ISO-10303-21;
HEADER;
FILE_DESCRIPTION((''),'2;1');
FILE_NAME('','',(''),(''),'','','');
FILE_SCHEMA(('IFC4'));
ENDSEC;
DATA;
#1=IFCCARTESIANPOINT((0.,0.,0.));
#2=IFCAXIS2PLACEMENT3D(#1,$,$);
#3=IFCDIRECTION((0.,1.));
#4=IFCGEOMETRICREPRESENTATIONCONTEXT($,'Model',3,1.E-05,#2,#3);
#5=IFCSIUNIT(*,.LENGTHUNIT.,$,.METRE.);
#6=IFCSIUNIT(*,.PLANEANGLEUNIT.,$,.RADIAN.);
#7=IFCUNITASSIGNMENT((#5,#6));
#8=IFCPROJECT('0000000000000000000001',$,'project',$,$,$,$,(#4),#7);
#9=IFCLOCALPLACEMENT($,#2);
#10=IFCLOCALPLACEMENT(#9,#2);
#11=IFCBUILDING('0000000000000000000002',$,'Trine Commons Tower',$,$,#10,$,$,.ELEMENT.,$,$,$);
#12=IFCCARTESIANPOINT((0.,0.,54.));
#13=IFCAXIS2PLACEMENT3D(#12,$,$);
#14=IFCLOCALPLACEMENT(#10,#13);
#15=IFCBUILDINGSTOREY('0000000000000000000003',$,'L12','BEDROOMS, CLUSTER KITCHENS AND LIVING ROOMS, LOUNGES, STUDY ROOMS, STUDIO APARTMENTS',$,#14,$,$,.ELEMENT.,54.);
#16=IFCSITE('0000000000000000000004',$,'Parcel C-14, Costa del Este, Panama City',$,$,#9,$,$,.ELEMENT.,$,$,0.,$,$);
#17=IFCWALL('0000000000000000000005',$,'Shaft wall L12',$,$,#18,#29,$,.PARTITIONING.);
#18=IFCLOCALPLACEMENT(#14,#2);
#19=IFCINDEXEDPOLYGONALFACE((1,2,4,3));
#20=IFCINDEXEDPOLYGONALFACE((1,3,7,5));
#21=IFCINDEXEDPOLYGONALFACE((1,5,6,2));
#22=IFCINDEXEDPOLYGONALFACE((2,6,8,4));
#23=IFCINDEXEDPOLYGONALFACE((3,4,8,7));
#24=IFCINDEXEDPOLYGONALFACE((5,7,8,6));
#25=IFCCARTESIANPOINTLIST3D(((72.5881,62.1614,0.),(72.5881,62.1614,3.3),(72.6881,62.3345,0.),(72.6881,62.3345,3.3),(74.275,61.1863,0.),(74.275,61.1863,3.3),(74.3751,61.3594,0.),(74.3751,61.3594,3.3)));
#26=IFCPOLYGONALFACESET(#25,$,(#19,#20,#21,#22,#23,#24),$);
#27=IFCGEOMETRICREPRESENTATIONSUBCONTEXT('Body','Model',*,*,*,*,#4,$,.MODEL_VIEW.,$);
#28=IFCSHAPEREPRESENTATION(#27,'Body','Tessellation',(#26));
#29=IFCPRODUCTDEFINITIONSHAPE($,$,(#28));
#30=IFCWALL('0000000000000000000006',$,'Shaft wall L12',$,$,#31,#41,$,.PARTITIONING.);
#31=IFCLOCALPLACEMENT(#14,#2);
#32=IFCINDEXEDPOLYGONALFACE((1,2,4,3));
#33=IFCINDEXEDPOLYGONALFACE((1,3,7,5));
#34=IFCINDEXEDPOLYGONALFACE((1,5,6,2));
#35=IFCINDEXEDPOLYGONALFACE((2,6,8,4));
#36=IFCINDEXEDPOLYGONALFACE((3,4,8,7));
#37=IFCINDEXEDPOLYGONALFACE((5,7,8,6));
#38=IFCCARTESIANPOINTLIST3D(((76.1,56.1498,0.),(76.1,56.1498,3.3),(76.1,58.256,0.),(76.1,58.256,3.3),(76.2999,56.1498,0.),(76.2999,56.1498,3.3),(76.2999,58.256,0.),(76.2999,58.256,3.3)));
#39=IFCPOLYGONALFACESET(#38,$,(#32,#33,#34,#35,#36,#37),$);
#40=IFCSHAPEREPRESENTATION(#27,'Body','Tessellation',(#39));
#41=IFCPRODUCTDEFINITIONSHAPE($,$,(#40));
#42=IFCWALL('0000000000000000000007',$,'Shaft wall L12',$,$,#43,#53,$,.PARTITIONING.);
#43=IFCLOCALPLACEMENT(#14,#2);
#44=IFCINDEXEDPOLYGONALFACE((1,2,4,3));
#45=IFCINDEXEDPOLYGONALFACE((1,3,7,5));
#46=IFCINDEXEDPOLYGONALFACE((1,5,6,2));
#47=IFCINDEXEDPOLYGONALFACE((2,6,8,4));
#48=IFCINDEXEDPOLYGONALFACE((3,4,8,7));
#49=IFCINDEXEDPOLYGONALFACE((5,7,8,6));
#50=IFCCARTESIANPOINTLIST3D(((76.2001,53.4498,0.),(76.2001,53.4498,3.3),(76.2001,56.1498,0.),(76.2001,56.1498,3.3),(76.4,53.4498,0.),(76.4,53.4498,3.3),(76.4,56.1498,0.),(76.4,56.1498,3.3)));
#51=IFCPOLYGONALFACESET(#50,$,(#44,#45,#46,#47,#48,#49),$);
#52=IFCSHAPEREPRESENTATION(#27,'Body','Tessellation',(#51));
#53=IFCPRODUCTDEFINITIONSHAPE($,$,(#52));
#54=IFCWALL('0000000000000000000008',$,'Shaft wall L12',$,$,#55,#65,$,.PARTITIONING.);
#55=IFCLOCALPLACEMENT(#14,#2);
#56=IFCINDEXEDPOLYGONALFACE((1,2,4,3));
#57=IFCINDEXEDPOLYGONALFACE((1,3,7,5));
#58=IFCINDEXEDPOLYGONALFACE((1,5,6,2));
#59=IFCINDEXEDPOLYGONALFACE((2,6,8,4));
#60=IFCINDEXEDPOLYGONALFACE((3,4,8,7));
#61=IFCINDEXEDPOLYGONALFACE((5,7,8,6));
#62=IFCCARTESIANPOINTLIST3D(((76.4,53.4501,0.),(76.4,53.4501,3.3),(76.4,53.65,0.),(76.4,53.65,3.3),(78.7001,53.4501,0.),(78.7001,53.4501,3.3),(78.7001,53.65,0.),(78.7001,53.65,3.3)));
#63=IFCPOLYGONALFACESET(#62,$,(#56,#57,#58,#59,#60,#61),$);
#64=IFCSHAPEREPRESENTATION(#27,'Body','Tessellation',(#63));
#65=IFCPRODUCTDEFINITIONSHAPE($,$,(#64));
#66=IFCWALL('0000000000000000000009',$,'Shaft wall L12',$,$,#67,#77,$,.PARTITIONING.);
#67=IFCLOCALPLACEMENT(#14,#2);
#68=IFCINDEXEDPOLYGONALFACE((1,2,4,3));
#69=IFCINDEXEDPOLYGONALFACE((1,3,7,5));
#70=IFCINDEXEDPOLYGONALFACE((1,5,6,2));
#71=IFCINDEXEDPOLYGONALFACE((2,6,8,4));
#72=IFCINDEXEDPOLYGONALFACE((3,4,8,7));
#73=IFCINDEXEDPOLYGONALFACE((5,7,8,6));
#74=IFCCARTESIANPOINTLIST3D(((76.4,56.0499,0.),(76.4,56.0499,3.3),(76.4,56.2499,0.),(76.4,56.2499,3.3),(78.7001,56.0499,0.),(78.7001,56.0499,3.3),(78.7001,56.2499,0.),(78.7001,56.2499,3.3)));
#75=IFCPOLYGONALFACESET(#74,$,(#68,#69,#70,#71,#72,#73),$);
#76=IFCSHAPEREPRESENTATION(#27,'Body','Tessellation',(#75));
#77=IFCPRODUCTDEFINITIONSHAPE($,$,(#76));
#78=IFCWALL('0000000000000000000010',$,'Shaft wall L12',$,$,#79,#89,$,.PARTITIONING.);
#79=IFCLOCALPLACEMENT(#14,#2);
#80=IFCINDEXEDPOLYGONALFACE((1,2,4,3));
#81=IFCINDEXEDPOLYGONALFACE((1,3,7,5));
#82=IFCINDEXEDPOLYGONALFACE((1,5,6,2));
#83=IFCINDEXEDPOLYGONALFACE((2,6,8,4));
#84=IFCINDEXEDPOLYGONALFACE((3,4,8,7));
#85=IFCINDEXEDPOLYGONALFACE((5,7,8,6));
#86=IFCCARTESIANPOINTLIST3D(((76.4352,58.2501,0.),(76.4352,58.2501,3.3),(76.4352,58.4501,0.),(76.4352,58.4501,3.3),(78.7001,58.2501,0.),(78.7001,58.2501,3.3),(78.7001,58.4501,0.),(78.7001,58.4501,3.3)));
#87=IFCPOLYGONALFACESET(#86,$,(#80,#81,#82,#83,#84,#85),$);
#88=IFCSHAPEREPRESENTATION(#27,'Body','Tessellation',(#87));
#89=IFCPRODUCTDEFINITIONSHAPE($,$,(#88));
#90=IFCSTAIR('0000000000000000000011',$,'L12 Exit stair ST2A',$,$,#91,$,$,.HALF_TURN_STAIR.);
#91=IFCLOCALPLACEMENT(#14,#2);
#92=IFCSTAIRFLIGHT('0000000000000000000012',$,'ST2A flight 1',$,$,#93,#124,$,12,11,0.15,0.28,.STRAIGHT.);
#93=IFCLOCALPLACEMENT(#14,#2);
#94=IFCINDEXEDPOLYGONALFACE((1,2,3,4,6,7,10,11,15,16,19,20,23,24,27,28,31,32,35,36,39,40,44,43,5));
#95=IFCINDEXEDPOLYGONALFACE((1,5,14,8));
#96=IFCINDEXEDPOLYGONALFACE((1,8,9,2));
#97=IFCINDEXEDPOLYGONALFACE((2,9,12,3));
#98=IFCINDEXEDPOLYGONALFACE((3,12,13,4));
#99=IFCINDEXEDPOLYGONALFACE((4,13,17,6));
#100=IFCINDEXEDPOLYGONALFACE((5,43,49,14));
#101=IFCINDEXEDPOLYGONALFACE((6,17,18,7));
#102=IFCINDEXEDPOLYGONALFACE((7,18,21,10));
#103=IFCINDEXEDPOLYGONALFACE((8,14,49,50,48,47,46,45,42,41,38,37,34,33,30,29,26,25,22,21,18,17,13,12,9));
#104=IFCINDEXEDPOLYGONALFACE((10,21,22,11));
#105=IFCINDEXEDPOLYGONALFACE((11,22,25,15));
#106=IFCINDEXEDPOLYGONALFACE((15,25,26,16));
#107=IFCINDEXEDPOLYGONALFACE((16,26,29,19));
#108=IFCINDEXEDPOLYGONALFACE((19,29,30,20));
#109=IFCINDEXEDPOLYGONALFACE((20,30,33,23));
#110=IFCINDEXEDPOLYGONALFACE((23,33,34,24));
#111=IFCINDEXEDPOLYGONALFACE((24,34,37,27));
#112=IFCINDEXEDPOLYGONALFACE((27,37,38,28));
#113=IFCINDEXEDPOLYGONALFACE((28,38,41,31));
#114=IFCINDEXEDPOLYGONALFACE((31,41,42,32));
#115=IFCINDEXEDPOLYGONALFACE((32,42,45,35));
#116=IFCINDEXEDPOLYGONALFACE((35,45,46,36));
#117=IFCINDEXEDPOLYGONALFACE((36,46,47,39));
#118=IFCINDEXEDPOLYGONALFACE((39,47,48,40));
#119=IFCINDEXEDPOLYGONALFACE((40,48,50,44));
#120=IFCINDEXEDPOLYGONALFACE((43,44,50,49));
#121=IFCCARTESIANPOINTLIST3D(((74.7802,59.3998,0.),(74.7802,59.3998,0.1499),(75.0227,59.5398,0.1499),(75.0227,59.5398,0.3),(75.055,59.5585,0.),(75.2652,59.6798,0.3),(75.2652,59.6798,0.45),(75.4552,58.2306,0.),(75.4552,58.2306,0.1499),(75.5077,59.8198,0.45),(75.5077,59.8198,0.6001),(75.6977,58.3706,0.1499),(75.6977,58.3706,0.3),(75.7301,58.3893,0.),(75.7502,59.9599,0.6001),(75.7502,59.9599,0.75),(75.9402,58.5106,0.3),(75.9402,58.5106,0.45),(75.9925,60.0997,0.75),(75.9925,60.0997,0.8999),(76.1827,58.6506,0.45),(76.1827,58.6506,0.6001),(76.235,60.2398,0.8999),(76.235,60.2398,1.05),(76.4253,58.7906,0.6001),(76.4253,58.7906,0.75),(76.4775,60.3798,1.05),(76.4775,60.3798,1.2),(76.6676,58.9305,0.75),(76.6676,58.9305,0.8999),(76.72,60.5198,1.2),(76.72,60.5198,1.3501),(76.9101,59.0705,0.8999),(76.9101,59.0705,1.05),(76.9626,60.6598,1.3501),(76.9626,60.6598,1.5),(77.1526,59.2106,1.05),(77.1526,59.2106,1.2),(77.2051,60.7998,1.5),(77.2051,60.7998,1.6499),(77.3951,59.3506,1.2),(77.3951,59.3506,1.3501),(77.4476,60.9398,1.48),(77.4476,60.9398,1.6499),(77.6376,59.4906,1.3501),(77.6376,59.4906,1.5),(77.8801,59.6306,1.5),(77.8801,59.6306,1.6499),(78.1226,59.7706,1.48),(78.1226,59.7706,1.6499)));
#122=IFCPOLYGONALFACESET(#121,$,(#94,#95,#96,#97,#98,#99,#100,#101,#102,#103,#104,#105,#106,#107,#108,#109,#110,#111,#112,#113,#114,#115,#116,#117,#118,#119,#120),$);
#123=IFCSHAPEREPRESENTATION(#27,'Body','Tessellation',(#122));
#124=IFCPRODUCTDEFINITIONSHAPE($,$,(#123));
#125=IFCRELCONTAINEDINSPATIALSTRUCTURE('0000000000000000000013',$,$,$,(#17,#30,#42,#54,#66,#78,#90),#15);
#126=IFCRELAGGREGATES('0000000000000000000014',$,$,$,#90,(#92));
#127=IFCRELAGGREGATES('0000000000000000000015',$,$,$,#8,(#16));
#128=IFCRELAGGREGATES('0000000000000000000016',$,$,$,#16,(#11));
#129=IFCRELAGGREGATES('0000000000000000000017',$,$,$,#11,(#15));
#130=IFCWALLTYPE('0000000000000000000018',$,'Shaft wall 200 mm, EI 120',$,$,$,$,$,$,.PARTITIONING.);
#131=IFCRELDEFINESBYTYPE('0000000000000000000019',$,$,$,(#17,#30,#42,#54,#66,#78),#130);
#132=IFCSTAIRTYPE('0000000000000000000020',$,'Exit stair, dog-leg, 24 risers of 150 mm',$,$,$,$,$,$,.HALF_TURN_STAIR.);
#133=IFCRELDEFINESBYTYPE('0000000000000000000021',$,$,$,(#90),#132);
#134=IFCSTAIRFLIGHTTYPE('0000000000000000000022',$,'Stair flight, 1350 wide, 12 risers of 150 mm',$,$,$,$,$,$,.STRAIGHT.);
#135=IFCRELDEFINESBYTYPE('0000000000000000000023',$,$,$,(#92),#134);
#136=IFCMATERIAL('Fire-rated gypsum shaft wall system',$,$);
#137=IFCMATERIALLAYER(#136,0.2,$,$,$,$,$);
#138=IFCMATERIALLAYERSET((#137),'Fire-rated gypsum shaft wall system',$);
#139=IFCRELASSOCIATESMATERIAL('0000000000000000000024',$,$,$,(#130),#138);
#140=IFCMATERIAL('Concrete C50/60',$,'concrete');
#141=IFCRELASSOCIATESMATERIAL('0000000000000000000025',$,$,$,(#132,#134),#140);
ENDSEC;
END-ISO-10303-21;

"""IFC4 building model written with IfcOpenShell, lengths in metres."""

from ifc_helpers import new_model, si_unit, direction, frame, frame_2d, origin, place, context, subcontext, project, spatial, polyline, rectangle, outline, extrude, material, layer, layer_set, type_object, element, aggregate, save


model = new_model("IFC4")

# Units and contexts
model_context = context("Model", 3, precision=1e-05, world=origin(), true_north=direction((0.0, 1.0)))
body_context = subcontext(model_context, "Body", "Model", "MODEL_VIEW")
ifc_project = project(units=[si_unit("LENGTHUNIT", "METRE"), si_unit("PLANEANGLEUNIT", "RADIAN")], contexts=[model_context])

# Site, building, storey
site_placement = place(None, origin())
site = spatial("IfcSite", under=ifc_project, at=site_placement, Name="Parcel C-14, Costa del Este, Panama City", CompositionType="ELEMENT", RefElevation=0.0)
building_placement = place(site_placement, origin())
building = spatial("IfcBuilding", under=site, at=building_placement, Name="Trine Commons Tower", CompositionType="ELEMENT")
storey_placement = place(building_placement, frame((0.0, 0.0, 54.0)))
storey = spatial("IfcBuildingStorey", under=building, at=storey_placement, Name="L12", Description="BEDROOMS, CLUSTER KITCHENS AND LIVING ROOMS, LOUNGES, STUDY ROOMS, STUDIO APARTMENTS", CompositionType="ELEMENT", Elevation=54.0)

# Walls
ifc_material_1 = material(Name="Fire-rated gypsum shaft wall system")
ifc_layer = layer(ifc_material_1, 0.2)
ifc_layer_set = layer_set([ifc_layer], Name="Fire-rated gypsum shaft wall system")
wall_type = type_object("IfcWallType", Name="Shaft wall 200 mm, EI 120", PredefinedType="PARTITIONING", material=ifc_layer_set)
wall_1_placement = place(storey_placement, frame((74.325, 61.2729, 0.0), z_axis=(0.0, 0.0, 1.0), x_axis=(-0.865781, 0.500424, 0.0)))
element("IfcWall", 1, at=wall_1_placement, inside=storey, type_object=wall_type, Name="Shaft wall L12", PredefinedType="PARTITIONING", context=body_context, shape_type="SweptSolid", body=[
    extrude(rectangle(XDim=1.9485, YDim=0.2, at=frame_2d((0.9741, 0.0))), origin(), (0.0, 0.0, 1.0), 3.3),
])
wall_2_placement = place(storey_placement, frame((76.2, 58.2561, 0.0), z_axis=(0.0, 0.0, 1.0), x_axis=(0.0, -1.0, 0.0)))
element("IfcWall", 2, at=wall_2_placement, inside=storey, type_object=wall_type, Name="Shaft wall L12", PredefinedType="PARTITIONING", context=body_context, shape_type="SweptSolid", body=[
    extrude(rectangle(XDim=2.1062, YDim=0.2, at=frame_2d((1.0532, 0.0))), origin(), (0.0, 0.0, 1.0), 3.3),
])
wall_3_placement = place(storey_placement, frame((76.3, 56.1499, 0.0), z_axis=(0.0, 0.0, 1.0), x_axis=(0.0, -1.0, 0.0)))
element("IfcWall", 3, at=wall_3_placement, inside=storey, type_object=wall_type, Name="Shaft wall L12", PredefinedType="PARTITIONING", context=body_context, shape_type="SweptSolid", body=[
    extrude(rectangle(XDim=2.7, YDim=0.2, at=frame_2d((1.3501, 0.0))), origin(), (0.0, 0.0, 1.0), 3.3),
])
for number, where, z_axis, x_axis, name in (
    (4, (78.7, 53.55, 0.0), (0.0, 0.0, 1.0), (-1.0, 0.0, 0.0), "Shaft wall L12"),
    (5, (78.7, 56.1499, 0.0), (0.0, 0.0, 1.0), (-1.0, 0.0, 0.0), "Shaft wall L12"),
):
    element("IfcWall", number, at=place(storey_placement, frame(where, z_axis=z_axis, x_axis=x_axis)), inside=storey, type_object=wall_type, Name=name, PredefinedType="PARTITIONING", context=body_context, shape_type="SweptSolid", body=[
        extrude(rectangle(XDim=2.3, YDim=0.2, at=frame_2d((1.1499, 0.0))), origin(), (0.0, 0.0, 1.0), 3.3),
    ])
wall_4_placement = place(storey_placement, frame((78.7, 58.3501, 0.0), z_axis=(0.0, 0.0, 1.0), x_axis=(-1.0, 0.0, 0.0)))
element("IfcWall", 6, at=wall_4_placement, inside=storey, type_object=wall_type, Name="Shaft wall L12", PredefinedType="PARTITIONING", context=body_context, shape_type="SweptSolid", body=[
    extrude(rectangle(XDim=2.2649, YDim=0.2, at=frame_2d((1.1323, 0.0))), origin(), (0.0, 0.0, 1.0), 3.3),
])

# Stair, stair flight
ifc_material_2 = material(Name="Concrete C50/60", Category="concrete")
stair_type = type_object("IfcStairType", Name="Exit stair, dog-leg, 24 risers of 150 mm", PredefinedType="HALF_TURN_STAIR", material=ifc_material_2)
stair_placement = place(storey_placement, origin())
stair = element("IfcStair", 7, at=stair_placement, inside=storey, type_object=stair_type, Name="L12 Exit stair ST2A", PredefinedType="HALF_TURN_STAIR")
stair_flight_type = type_object("IfcStairFlightType", Name="Stair flight, 1350 wide, 12 risers of 150 mm", PredefinedType="STRAIGHT", material=ifc_material_2)
stair_flight_placement = place(storey_placement, frame((75.1177, 58.8152, 0.0), z_axis=(0.0, 0.0, 1.0), x_axis=(0.866025, 0.5, 0.0)))
stair_flight = element("IfcStairFlight", 8, at=stair_flight_placement, type_object=stair_flight_type, Name="ST2A flight 1", NumberOfRisers=12, NumberOfTreads=11, PredefinedType="STRAIGHT", RiserHeight=0.15, TreadLength=0.28, context=body_context, shape_type="SweptSolid", body=[
    extrude(outline(polyline([(0.0, 0.0), (0.0, 0.1499), (0.28, 0.1499), (0.28, 0.3), (0.5601, 0.3), (0.5601, 0.45), (0.8401, 0.45), (0.8401, 0.6001), (1.1201, 0.6001), (1.1201, 0.75), (1.3999, 0.75), (1.3999, 0.8999), (1.6799, 0.8999), (1.6799, 1.05), (1.96, 1.05), (1.96, 1.2), (2.24, 1.2), (2.24, 1.3501), (2.52, 1.3501), (2.52, 1.5), (2.8, 1.5), (2.8, 1.6499), (3.0801, 1.6499), (3.0801, 1.8), (3.0801, 1.48), (0.3174, 0.0), (0.0, 0.0)])), frame((0.0, 0.675, 0.0), z_axis=(0.0, -1.0, 0.0), x_axis=(1.0, 0.0, 0.0)), (0.0, 0.0, 1.0), 1.3501),
])
aggregate(stair, [stair_flight])

save(model, "model.ifc")
